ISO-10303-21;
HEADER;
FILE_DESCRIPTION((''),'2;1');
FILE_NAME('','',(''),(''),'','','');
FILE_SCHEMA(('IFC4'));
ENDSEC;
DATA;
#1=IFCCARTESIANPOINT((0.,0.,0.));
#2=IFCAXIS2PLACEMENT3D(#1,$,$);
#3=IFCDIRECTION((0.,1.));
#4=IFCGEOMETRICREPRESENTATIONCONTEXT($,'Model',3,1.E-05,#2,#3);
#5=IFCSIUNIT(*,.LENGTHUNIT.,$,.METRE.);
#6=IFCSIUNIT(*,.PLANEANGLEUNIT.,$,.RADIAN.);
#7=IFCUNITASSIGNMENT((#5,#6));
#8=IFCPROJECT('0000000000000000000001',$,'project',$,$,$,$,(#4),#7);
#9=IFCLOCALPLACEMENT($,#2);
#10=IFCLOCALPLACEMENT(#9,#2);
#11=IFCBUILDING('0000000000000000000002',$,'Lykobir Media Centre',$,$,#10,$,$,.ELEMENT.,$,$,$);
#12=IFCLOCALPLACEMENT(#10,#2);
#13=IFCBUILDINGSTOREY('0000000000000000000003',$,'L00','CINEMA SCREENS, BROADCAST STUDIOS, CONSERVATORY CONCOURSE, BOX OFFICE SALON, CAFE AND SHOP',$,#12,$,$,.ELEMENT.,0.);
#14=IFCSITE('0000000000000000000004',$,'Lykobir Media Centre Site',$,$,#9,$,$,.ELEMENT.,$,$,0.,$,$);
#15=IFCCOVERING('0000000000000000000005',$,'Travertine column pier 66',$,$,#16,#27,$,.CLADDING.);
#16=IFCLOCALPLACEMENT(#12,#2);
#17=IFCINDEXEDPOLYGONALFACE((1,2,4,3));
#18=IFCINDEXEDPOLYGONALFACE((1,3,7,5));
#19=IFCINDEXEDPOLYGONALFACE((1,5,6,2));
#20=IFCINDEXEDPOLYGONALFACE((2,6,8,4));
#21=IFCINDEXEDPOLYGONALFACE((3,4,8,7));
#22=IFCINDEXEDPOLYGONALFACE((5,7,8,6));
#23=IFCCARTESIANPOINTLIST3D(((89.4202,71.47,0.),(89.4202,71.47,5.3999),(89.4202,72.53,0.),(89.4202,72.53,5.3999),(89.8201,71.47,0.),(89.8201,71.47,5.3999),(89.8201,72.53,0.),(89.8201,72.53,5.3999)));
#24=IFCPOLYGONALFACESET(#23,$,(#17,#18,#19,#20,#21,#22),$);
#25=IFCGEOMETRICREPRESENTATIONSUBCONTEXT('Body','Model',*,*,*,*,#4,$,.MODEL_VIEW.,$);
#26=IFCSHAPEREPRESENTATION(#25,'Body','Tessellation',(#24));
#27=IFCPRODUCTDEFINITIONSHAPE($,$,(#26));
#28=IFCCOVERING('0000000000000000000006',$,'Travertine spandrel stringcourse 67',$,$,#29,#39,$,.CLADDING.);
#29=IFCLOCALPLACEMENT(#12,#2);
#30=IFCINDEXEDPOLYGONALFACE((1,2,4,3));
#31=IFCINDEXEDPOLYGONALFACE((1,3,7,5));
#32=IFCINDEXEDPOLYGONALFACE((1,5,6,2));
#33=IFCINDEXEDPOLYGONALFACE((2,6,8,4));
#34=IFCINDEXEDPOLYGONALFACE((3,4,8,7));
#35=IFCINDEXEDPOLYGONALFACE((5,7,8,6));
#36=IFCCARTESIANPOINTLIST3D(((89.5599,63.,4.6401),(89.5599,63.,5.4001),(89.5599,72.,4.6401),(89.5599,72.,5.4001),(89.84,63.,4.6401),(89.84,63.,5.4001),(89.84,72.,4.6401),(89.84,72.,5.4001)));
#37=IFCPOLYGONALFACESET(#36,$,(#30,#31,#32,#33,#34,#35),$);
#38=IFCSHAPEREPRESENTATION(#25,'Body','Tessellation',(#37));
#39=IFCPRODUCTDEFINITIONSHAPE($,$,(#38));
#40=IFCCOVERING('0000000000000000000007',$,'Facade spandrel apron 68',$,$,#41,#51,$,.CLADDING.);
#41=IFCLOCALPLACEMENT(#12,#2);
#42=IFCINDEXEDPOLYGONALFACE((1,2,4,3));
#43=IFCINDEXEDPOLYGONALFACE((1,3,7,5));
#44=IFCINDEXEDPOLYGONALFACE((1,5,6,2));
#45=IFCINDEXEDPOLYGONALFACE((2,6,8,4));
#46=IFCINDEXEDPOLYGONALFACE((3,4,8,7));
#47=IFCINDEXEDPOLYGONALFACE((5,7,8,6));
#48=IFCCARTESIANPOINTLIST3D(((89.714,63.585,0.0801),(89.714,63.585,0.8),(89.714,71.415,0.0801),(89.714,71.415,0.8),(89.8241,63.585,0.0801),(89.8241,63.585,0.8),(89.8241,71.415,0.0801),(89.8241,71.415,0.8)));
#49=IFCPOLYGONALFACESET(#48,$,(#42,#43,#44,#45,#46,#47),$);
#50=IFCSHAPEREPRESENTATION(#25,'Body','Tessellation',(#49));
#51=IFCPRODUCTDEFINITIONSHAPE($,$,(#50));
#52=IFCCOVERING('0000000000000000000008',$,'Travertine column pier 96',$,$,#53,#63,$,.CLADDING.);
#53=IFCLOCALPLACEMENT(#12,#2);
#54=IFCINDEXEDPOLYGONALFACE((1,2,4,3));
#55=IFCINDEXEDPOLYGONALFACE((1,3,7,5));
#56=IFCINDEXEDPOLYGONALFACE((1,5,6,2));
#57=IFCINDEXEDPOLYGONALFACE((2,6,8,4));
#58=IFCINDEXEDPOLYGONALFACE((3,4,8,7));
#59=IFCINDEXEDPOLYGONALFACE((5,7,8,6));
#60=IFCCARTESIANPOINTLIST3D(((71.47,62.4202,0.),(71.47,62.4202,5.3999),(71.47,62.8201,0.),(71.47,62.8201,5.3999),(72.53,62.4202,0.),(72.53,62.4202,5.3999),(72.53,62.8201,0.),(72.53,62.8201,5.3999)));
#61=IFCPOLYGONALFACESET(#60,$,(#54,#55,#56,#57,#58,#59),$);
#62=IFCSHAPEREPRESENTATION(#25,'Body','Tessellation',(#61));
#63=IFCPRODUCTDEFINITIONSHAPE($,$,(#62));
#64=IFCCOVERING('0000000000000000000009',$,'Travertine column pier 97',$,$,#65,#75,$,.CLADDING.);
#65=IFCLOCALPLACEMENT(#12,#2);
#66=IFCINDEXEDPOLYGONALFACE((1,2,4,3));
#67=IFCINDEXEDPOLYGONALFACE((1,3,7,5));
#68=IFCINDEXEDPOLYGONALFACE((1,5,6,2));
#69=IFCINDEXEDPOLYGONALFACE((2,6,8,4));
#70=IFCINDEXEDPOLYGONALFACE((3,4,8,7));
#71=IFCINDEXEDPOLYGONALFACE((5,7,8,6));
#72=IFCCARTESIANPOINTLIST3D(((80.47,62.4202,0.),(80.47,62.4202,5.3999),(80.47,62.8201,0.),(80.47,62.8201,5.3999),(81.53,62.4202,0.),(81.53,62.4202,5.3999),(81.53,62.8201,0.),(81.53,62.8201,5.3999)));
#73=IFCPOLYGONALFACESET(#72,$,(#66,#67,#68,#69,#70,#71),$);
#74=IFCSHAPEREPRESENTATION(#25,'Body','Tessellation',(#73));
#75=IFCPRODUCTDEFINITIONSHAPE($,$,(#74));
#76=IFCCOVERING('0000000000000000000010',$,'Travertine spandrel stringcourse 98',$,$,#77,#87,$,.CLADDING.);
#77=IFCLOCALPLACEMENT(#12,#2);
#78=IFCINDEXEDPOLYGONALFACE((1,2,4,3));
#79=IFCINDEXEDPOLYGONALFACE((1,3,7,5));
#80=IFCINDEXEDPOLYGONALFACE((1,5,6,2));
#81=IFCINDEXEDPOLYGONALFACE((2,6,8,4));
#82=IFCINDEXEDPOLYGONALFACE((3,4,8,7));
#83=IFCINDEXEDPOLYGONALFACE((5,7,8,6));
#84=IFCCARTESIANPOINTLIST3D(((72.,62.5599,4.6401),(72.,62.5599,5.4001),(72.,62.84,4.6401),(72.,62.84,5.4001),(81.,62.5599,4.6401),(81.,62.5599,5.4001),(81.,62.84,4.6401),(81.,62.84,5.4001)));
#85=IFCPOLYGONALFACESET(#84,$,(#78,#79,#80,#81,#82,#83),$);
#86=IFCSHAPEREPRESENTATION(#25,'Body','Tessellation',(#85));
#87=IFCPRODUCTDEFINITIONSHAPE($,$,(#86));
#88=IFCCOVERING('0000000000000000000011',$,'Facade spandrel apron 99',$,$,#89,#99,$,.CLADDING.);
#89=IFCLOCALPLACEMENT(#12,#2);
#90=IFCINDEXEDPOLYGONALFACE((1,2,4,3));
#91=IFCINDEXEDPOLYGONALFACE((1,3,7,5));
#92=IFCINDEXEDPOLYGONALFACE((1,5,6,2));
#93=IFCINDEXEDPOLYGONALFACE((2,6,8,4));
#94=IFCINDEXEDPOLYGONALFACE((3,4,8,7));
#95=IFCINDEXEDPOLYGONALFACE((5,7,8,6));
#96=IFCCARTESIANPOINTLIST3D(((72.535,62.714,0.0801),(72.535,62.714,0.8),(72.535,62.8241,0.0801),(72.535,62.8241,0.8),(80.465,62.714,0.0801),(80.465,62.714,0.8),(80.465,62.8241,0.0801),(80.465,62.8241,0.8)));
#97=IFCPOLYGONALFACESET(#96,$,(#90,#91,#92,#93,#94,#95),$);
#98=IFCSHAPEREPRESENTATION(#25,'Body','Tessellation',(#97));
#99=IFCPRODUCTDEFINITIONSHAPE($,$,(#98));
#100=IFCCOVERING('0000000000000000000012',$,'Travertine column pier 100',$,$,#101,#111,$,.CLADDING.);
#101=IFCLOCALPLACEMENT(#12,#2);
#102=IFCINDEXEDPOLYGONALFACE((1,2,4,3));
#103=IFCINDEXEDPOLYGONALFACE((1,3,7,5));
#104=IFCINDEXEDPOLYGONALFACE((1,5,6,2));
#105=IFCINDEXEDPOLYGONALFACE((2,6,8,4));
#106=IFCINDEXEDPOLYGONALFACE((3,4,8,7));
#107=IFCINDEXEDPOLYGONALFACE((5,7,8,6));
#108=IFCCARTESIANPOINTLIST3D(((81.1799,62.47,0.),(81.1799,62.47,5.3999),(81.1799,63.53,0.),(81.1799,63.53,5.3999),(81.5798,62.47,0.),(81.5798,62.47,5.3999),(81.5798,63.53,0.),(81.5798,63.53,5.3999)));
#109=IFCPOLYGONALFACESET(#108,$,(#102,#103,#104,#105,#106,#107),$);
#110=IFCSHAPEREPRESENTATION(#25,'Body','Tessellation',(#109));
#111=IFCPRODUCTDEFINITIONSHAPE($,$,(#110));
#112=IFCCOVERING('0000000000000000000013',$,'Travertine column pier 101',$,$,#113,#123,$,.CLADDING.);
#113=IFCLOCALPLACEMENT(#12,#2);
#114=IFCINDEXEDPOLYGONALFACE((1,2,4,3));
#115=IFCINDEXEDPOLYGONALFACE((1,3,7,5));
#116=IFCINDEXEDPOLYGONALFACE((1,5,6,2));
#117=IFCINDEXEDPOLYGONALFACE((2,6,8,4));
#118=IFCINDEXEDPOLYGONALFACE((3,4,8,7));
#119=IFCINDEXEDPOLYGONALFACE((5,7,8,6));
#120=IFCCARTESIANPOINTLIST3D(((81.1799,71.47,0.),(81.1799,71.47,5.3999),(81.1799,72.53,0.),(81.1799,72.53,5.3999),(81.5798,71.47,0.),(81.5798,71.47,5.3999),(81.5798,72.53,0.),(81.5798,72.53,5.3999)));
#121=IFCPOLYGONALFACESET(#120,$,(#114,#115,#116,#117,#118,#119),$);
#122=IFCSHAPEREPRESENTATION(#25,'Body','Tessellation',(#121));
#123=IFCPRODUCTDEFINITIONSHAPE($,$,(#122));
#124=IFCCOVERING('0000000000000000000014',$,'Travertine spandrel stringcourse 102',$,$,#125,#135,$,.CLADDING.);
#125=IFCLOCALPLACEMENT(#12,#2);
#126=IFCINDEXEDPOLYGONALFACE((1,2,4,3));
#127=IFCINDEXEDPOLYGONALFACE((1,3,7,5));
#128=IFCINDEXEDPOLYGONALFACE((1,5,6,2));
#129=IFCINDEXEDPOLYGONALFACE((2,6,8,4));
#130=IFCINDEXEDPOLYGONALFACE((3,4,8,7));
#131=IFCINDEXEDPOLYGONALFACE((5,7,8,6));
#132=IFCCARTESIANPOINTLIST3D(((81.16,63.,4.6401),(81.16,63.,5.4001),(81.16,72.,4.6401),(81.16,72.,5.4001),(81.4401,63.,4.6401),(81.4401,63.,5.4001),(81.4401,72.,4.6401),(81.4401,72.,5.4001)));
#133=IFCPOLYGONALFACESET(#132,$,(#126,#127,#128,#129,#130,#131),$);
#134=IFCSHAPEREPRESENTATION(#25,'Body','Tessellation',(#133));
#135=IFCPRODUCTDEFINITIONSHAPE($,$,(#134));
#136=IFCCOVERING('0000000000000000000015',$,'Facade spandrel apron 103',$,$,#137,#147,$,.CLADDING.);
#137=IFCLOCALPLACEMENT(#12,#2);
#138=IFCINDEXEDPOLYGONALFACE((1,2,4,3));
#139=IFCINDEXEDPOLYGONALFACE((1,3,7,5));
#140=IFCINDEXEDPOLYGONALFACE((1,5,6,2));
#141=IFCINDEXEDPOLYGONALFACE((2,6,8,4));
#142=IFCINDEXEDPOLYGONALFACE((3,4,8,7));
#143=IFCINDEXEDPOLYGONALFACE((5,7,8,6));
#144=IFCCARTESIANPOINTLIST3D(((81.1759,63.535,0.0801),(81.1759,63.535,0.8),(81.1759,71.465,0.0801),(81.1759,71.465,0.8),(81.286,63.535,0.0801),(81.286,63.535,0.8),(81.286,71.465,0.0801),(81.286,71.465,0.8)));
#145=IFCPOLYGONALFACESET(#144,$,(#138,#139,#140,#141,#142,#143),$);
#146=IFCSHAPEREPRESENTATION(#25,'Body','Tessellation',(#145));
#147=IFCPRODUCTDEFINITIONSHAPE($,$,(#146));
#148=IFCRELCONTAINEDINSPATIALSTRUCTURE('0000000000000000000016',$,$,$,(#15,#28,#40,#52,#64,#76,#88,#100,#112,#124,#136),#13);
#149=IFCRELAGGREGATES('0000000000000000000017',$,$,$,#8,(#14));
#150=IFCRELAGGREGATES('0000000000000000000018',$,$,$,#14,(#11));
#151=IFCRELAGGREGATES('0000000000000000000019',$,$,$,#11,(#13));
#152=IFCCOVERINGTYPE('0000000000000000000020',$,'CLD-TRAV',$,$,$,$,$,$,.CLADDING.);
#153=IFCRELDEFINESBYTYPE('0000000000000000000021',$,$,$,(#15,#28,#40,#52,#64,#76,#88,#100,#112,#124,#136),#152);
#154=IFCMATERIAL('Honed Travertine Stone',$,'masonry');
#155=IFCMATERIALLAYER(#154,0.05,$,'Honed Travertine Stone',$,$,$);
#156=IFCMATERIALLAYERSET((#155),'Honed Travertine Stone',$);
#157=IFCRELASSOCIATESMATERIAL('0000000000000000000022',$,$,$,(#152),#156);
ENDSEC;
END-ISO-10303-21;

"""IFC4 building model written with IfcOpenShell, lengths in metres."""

from ifc_helpers import new_model, si_unit, direction, frame, origin, origin_2d, place, context, subcontext, project, spatial, rectangle, extrude, material, layer, layer_set, type_object, element, save


model = new_model("IFC4")

# Units and contexts
model_context = context("Model", 3, precision=1e-05, world=origin(), true_north=direction((0.0, 1.0)))
body_context = subcontext(model_context, "Body", "Model", "MODEL_VIEW")
ifc_project = project(units=[si_unit("LENGTHUNIT", "METRE"), si_unit("PLANEANGLEUNIT", "RADIAN")], contexts=[model_context])

# Site, building, storey
site_placement = place(None, origin())
site = spatial("IfcSite", under=ifc_project, at=site_placement, Name="Lykobir Media Centre Site", CompositionType="ELEMENT", RefElevation=0.0)
building_placement = place(site_placement, origin())
building = spatial("IfcBuilding", under=site, at=building_placement, Name="Lykobir Media Centre", CompositionType="ELEMENT")
storey_placement = place(building_placement, origin())
storey = spatial("IfcBuildingStorey", under=building, at=storey_placement, Name="L00", Description="CINEMA SCREENS, BROADCAST STUDIOS, CONSERVATORY CONCOURSE, BOX OFFICE SALON, CAFE AND SHOP", CompositionType="ELEMENT", Elevation=0.0)

# Shared definitions
ifc_material_1 = material(Name="Honed Travertine Stone", Category="masonry")

# Coverings
ifc_layer_1 = layer(ifc_material_1, 0.05, Name="Honed Travertine Stone")
ifc_layer_set_1 = layer_set([ifc_layer_1], Name="Honed Travertine Stone")
covering_type = type_object("IfcCoveringType", Name="CLD-TRAV", PredefinedType="CLADDING", material=ifc_layer_set_1)
for number, where, z_axis, x_axis, name in (
    (1, (89.6201, 72.0, 0.0), (0.0, 0.0, 1.0), (0.0, -1.0, 0.0), "Travertine column pier 66"),
):
    element("IfcCovering", number, at=place(storey_placement, frame(where, z_axis=z_axis, x_axis=x_axis)), inside=storey, type_object=covering_type, Name=name, PredefinedType="CLADDING", context=body_context, shape_type="SweptSolid", body=[
        extrude(rectangle(XDim=1.0601, YDim=0.3999, at=origin_2d()), origin(), (0.0, 0.0, 1.0), 5.3999),
    ])
covering_1_placement = place(storey_placement, frame((89.7, 67.5, 4.6401), z_axis=(0.0, 0.0, 1.0), x_axis=(0.0, -1.0, 0.0)))
element("IfcCovering", 2, at=covering_1_placement, inside=storey, type_object=covering_type, Name="Travertine spandrel stringcourse 67", PredefinedType="CLADDING", context=body_context, shape_type="SweptSolid", body=[
    extrude(rectangle(XDim=9.0, YDim=0.28, at=origin_2d()), origin(), (0.0, 0.0, 1.0), 0.76),
])
covering_2_placement = place(storey_placement, frame((89.769, 67.5, 0.0801), z_axis=(0.0, 0.0, 1.0), x_axis=(0.0, -1.0, 0.0)))
element("IfcCovering", 3, at=covering_2_placement, inside=storey, type_object=covering_type, Name="Facade spandrel apron 68", PredefinedType="CLADDING", context=body_context, shape_type="SweptSolid", body=[
    extrude(rectangle(XDim=7.8301, YDim=0.1101, at=origin_2d()), origin(), (0.0, 0.0, 1.0), 0.72),
])
for number, where, z_axis, x_axis, name in (
    (4, (72.0, 62.6201, 0.0), (0.0, 0.0, 1.0), (1.0, 0.0, 0.0), "Travertine column pier 96"),
    (5, (81.0, 62.6201, 0.0), (0.0, 0.0, 1.0), (1.0, 0.0, 0.0), "Travertine column pier 97"),
):
    element("IfcCovering", number, at=place(storey_placement, frame(where, z_axis=z_axis, x_axis=x_axis)), inside=storey, type_object=covering_type, Name=name, PredefinedType="CLADDING", context=body_context, shape_type="SweptSolid", body=[
        extrude(rectangle(XDim=1.0601, YDim=0.3999, at=origin_2d()), origin(), (0.0, 0.0, 1.0), 5.3999),
    ])
covering_3_placement = place(storey_placement, frame((76.5, 62.7, 4.6401), z_axis=(0.0, 0.0, 1.0), x_axis=(1.0, 0.0, 0.0)))
element("IfcCovering", 6, at=covering_3_placement, inside=storey, type_object=covering_type, Name="Travertine spandrel stringcourse 98", PredefinedType="CLADDING", context=body_context, shape_type="SweptSolid", body=[
    extrude(rectangle(XDim=9.0, YDim=0.28, at=origin_2d()), origin(), (0.0, 0.0, 1.0), 0.76),
])
covering_4_placement = place(storey_placement, frame((76.5, 62.769, 0.0801), z_axis=(0.0, 0.0, 1.0), x_axis=(1.0, 0.0, 0.0)))
element("IfcCovering", 7, at=covering_4_placement, inside=storey, type_object=covering_type, Name="Facade spandrel apron 99", PredefinedType="CLADDING", context=body_context, shape_type="SweptSolid", body=[
    extrude(rectangle(XDim=7.9299, YDim=0.1101, at=origin_2d()), origin(), (0.0, 0.0, 1.0), 0.72),
])
for number, where, z_axis, x_axis, name in (
    (8, (81.3799, 63.0, 0.0), (0.0, 0.0, 1.0), (0.0, 1.0, 0.0), "Travertine column pier 100"),
    (9, (81.3799, 72.0, 0.0), (0.0, 0.0, 1.0), (0.0, 1.0, 0.0), "Travertine column pier 101"),
):
    element("IfcCovering", number, at=place(storey_placement, frame(where, z_axis=z_axis, x_axis=x_axis)), inside=storey, type_object=covering_type, Name=name, PredefinedType="CLADDING", context=body_context, shape_type="SweptSolid", body=[
        extrude(rectangle(XDim=1.0601, YDim=0.3999, at=origin_2d()), origin(), (0.0, 0.0, 1.0), 5.3999),
    ])
covering_5_placement = place(storey_placement, frame((81.3, 67.5, 4.6401), z_axis=(0.0, 0.0, 1.0), x_axis=(0.0, 1.0, 0.0)))
element("IfcCovering", 10, at=covering_5_placement, inside=storey, type_object=covering_type, Name="Travertine spandrel stringcourse 102", PredefinedType="CLADDING", context=body_context, shape_type="SweptSolid", body=[
    extrude(rectangle(XDim=9.0, YDim=0.28, at=origin_2d()), origin(), (0.0, 0.0, 1.0), 0.76),
])
covering_6_placement = place(storey_placement, frame((81.231, 67.5, 0.0801), z_axis=(0.0, 0.0, 1.0), x_axis=(0.0, 1.0, 0.0)))
element("IfcCovering", 11, at=covering_6_placement, inside=storey, type_object=covering_type, Name="Facade spandrel apron 103", PredefinedType="CLADDING", context=body_context, shape_type="SweptSolid", body=[
    extrude(rectangle(XDim=7.9299, YDim=0.1101, at=origin_2d()), origin(), (0.0, 0.0, 1.0), 0.72),
])

save(model, "model.ifc")
